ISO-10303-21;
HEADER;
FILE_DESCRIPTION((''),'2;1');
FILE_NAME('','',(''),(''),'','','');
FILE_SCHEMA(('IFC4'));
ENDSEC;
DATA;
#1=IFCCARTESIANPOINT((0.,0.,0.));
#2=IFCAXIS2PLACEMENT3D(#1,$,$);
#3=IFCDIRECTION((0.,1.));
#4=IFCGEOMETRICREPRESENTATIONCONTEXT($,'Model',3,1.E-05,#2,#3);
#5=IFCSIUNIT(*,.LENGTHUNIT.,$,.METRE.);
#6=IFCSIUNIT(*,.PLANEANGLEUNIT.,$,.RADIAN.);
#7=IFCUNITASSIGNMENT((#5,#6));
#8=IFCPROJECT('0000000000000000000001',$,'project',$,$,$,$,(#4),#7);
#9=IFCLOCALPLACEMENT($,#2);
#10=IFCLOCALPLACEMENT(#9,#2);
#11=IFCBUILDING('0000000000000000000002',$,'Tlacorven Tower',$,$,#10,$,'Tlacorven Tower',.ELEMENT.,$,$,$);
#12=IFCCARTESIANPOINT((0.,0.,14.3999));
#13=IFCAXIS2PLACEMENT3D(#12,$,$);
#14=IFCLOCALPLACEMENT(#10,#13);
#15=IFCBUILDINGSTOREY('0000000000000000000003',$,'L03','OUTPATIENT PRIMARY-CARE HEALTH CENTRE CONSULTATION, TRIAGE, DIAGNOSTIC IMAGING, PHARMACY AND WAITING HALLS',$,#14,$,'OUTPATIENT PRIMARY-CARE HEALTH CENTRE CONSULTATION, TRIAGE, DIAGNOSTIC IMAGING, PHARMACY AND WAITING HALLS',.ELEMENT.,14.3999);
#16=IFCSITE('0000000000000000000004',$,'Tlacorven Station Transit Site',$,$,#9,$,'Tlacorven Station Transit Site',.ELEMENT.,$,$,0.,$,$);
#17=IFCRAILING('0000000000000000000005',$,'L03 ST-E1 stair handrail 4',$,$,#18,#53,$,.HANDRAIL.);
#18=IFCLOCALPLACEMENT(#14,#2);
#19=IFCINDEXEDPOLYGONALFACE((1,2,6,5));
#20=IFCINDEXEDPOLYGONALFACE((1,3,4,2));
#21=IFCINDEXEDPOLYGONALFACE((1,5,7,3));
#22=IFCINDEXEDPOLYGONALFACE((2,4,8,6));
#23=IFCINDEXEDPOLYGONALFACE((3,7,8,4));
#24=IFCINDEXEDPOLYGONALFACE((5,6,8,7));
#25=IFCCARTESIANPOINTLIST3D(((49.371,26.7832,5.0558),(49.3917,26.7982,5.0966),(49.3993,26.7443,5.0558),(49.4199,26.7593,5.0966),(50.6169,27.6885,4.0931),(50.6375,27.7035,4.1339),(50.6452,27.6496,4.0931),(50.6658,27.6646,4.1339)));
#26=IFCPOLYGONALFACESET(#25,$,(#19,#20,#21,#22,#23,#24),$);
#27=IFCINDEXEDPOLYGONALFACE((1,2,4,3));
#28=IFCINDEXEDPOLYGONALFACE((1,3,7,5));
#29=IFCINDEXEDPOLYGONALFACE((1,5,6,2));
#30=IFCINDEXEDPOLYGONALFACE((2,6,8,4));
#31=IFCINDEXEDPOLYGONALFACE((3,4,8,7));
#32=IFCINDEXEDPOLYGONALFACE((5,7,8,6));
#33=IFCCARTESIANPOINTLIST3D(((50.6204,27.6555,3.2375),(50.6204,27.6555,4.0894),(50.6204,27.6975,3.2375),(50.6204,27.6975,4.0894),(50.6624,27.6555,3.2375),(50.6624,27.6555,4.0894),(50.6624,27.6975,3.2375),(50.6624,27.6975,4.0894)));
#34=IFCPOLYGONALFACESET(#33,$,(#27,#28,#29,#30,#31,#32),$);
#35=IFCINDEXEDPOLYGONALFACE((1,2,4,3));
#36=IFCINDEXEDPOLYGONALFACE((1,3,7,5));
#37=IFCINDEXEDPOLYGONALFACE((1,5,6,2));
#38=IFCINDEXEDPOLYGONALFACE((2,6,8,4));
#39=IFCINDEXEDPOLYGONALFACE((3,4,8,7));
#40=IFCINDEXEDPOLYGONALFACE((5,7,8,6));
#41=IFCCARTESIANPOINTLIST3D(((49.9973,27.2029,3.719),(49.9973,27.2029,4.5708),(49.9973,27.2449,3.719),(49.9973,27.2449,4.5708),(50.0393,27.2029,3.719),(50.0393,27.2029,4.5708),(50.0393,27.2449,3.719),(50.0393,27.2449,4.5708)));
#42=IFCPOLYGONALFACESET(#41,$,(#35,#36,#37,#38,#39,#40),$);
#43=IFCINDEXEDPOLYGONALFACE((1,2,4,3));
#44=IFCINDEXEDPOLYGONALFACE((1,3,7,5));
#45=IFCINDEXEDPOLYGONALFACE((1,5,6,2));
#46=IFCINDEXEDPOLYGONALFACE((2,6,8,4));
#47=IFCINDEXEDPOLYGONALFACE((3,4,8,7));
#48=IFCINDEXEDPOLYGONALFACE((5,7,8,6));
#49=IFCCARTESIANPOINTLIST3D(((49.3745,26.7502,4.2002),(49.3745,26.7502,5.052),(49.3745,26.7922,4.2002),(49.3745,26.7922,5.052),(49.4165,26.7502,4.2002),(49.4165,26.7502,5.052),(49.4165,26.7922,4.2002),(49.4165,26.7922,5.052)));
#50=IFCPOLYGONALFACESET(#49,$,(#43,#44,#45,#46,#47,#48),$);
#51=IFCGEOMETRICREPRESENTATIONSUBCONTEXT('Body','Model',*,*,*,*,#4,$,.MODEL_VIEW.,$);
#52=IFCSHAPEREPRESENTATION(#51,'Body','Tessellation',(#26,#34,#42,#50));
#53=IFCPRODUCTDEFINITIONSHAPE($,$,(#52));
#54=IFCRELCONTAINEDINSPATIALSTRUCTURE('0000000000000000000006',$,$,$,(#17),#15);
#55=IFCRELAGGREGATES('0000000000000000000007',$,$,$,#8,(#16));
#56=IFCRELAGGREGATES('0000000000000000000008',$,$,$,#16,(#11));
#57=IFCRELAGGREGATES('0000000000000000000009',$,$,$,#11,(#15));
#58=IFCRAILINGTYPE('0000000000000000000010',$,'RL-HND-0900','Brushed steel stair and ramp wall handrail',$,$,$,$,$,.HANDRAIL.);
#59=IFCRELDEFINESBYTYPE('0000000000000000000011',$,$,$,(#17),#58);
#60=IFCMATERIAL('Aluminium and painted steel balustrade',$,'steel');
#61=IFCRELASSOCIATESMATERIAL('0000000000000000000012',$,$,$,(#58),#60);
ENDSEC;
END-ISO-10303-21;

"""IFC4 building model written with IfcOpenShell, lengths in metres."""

from ifc_helpers import new_model, si_unit, direction, frame, origin, origin_2d, place, context, subcontext, project, spatial, rectangle, extrude, source, transform, mapped, material, type_object, element, save


model = new_model("IFC4")

# Units and contexts
model_context = context("Model", 3, precision=1e-05, world=origin(), true_north=direction((0.0, 1.0)))
body_context = subcontext(model_context, "Body", "Model", "MODEL_VIEW")
ifc_project = project(units=[si_unit("LENGTHUNIT", "METRE"), si_unit("PLANEANGLEUNIT", "RADIAN")], contexts=[model_context])

# Site, building, storey
site_placement = place(None, origin())
site = spatial("IfcSite", under=ifc_project, at=site_placement, Name="Tlacorven Station Transit Site", LongName="Tlacorven Station Transit Site", CompositionType="ELEMENT", RefElevation=0.0)
building_placement = place(site_placement, origin())
building = spatial("IfcBuilding", under=site, at=building_placement, Name="Tlacorven Tower", LongName="Tlacorven Tower", CompositionType="ELEMENT")
storey_placement = place(building_placement, frame((0.0, 0.0, 14.3999)))
storey = spatial("IfcBuildingStorey", under=building, at=storey_placement, Name="L03", Description="OUTPATIENT PRIMARY-CARE HEALTH CENTRE CONSULTATION, TRIAGE, DIAGNOSTIC IMAGING, PHARMACY AND WAITING HALLS", LongName="OUTPATIENT PRIMARY-CARE HEALTH CENTRE CONSULTATION, TRIAGE, DIAGNOSTIC IMAGING, PHARMACY AND WAITING HALLS", CompositionType="ELEMENT", Elevation=14.3999)

# Railing
ifc_material_1 = material(Name="Aluminium and painted steel balustrade", Category="steel")
railing_type_1 = type_object("IfcRailingType", Name="RL-HND-0900", Description="Brushed steel stair and ramp wall handrail", PredefinedType="HANDRAIL", material=ifc_material_1)
shared_shape_1 = source(origin(), body_context, "Body", "SweptSolid", [
    extrude(rectangle(XDim=0.0481, YDim=0.0481, at=origin_2d()), frame((0.0, 0.0, 0.876), z_axis=(-0.685989, -0.498461, 0.530052), x_axis=(0.587832, -0.808983, 0.0)), (0.0, 0.0, 1.0), 1.8162),
    extrude(rectangle(XDim=0.042, YDim=0.042, at=origin_2d()), origin(), (0.0, 0.0, 1.0), 0.8518),
    extrude(rectangle(XDim=0.042, YDim=0.042, at=origin_2d()), frame((-0.623, -0.4526, 0.4814)), (0.0, 0.0, 1.0), 0.8518),
    extrude(rectangle(XDim=0.042, YDim=0.042, at=origin_2d()), frame((-1.2458, -0.9053, 0.9626)), (0.0, 0.0, 1.0), 0.8518),
])
railing_1_placement = place(storey_placement, frame((50.6414, 27.6765, 3.2375)))
element("IfcRailing", 1, at=railing_1_placement, inside=storey, type_object=railing_type_1, Name="L03 ST-E1 stair handrail 4", PredefinedType="HANDRAIL", context=body_context, shape_type="MappedRepresentation", body=[
    mapped(shared_shape_1, transform((0.0, 0.0, 0.0), scale=1.0)),
])

save(model, "model.ifc")
